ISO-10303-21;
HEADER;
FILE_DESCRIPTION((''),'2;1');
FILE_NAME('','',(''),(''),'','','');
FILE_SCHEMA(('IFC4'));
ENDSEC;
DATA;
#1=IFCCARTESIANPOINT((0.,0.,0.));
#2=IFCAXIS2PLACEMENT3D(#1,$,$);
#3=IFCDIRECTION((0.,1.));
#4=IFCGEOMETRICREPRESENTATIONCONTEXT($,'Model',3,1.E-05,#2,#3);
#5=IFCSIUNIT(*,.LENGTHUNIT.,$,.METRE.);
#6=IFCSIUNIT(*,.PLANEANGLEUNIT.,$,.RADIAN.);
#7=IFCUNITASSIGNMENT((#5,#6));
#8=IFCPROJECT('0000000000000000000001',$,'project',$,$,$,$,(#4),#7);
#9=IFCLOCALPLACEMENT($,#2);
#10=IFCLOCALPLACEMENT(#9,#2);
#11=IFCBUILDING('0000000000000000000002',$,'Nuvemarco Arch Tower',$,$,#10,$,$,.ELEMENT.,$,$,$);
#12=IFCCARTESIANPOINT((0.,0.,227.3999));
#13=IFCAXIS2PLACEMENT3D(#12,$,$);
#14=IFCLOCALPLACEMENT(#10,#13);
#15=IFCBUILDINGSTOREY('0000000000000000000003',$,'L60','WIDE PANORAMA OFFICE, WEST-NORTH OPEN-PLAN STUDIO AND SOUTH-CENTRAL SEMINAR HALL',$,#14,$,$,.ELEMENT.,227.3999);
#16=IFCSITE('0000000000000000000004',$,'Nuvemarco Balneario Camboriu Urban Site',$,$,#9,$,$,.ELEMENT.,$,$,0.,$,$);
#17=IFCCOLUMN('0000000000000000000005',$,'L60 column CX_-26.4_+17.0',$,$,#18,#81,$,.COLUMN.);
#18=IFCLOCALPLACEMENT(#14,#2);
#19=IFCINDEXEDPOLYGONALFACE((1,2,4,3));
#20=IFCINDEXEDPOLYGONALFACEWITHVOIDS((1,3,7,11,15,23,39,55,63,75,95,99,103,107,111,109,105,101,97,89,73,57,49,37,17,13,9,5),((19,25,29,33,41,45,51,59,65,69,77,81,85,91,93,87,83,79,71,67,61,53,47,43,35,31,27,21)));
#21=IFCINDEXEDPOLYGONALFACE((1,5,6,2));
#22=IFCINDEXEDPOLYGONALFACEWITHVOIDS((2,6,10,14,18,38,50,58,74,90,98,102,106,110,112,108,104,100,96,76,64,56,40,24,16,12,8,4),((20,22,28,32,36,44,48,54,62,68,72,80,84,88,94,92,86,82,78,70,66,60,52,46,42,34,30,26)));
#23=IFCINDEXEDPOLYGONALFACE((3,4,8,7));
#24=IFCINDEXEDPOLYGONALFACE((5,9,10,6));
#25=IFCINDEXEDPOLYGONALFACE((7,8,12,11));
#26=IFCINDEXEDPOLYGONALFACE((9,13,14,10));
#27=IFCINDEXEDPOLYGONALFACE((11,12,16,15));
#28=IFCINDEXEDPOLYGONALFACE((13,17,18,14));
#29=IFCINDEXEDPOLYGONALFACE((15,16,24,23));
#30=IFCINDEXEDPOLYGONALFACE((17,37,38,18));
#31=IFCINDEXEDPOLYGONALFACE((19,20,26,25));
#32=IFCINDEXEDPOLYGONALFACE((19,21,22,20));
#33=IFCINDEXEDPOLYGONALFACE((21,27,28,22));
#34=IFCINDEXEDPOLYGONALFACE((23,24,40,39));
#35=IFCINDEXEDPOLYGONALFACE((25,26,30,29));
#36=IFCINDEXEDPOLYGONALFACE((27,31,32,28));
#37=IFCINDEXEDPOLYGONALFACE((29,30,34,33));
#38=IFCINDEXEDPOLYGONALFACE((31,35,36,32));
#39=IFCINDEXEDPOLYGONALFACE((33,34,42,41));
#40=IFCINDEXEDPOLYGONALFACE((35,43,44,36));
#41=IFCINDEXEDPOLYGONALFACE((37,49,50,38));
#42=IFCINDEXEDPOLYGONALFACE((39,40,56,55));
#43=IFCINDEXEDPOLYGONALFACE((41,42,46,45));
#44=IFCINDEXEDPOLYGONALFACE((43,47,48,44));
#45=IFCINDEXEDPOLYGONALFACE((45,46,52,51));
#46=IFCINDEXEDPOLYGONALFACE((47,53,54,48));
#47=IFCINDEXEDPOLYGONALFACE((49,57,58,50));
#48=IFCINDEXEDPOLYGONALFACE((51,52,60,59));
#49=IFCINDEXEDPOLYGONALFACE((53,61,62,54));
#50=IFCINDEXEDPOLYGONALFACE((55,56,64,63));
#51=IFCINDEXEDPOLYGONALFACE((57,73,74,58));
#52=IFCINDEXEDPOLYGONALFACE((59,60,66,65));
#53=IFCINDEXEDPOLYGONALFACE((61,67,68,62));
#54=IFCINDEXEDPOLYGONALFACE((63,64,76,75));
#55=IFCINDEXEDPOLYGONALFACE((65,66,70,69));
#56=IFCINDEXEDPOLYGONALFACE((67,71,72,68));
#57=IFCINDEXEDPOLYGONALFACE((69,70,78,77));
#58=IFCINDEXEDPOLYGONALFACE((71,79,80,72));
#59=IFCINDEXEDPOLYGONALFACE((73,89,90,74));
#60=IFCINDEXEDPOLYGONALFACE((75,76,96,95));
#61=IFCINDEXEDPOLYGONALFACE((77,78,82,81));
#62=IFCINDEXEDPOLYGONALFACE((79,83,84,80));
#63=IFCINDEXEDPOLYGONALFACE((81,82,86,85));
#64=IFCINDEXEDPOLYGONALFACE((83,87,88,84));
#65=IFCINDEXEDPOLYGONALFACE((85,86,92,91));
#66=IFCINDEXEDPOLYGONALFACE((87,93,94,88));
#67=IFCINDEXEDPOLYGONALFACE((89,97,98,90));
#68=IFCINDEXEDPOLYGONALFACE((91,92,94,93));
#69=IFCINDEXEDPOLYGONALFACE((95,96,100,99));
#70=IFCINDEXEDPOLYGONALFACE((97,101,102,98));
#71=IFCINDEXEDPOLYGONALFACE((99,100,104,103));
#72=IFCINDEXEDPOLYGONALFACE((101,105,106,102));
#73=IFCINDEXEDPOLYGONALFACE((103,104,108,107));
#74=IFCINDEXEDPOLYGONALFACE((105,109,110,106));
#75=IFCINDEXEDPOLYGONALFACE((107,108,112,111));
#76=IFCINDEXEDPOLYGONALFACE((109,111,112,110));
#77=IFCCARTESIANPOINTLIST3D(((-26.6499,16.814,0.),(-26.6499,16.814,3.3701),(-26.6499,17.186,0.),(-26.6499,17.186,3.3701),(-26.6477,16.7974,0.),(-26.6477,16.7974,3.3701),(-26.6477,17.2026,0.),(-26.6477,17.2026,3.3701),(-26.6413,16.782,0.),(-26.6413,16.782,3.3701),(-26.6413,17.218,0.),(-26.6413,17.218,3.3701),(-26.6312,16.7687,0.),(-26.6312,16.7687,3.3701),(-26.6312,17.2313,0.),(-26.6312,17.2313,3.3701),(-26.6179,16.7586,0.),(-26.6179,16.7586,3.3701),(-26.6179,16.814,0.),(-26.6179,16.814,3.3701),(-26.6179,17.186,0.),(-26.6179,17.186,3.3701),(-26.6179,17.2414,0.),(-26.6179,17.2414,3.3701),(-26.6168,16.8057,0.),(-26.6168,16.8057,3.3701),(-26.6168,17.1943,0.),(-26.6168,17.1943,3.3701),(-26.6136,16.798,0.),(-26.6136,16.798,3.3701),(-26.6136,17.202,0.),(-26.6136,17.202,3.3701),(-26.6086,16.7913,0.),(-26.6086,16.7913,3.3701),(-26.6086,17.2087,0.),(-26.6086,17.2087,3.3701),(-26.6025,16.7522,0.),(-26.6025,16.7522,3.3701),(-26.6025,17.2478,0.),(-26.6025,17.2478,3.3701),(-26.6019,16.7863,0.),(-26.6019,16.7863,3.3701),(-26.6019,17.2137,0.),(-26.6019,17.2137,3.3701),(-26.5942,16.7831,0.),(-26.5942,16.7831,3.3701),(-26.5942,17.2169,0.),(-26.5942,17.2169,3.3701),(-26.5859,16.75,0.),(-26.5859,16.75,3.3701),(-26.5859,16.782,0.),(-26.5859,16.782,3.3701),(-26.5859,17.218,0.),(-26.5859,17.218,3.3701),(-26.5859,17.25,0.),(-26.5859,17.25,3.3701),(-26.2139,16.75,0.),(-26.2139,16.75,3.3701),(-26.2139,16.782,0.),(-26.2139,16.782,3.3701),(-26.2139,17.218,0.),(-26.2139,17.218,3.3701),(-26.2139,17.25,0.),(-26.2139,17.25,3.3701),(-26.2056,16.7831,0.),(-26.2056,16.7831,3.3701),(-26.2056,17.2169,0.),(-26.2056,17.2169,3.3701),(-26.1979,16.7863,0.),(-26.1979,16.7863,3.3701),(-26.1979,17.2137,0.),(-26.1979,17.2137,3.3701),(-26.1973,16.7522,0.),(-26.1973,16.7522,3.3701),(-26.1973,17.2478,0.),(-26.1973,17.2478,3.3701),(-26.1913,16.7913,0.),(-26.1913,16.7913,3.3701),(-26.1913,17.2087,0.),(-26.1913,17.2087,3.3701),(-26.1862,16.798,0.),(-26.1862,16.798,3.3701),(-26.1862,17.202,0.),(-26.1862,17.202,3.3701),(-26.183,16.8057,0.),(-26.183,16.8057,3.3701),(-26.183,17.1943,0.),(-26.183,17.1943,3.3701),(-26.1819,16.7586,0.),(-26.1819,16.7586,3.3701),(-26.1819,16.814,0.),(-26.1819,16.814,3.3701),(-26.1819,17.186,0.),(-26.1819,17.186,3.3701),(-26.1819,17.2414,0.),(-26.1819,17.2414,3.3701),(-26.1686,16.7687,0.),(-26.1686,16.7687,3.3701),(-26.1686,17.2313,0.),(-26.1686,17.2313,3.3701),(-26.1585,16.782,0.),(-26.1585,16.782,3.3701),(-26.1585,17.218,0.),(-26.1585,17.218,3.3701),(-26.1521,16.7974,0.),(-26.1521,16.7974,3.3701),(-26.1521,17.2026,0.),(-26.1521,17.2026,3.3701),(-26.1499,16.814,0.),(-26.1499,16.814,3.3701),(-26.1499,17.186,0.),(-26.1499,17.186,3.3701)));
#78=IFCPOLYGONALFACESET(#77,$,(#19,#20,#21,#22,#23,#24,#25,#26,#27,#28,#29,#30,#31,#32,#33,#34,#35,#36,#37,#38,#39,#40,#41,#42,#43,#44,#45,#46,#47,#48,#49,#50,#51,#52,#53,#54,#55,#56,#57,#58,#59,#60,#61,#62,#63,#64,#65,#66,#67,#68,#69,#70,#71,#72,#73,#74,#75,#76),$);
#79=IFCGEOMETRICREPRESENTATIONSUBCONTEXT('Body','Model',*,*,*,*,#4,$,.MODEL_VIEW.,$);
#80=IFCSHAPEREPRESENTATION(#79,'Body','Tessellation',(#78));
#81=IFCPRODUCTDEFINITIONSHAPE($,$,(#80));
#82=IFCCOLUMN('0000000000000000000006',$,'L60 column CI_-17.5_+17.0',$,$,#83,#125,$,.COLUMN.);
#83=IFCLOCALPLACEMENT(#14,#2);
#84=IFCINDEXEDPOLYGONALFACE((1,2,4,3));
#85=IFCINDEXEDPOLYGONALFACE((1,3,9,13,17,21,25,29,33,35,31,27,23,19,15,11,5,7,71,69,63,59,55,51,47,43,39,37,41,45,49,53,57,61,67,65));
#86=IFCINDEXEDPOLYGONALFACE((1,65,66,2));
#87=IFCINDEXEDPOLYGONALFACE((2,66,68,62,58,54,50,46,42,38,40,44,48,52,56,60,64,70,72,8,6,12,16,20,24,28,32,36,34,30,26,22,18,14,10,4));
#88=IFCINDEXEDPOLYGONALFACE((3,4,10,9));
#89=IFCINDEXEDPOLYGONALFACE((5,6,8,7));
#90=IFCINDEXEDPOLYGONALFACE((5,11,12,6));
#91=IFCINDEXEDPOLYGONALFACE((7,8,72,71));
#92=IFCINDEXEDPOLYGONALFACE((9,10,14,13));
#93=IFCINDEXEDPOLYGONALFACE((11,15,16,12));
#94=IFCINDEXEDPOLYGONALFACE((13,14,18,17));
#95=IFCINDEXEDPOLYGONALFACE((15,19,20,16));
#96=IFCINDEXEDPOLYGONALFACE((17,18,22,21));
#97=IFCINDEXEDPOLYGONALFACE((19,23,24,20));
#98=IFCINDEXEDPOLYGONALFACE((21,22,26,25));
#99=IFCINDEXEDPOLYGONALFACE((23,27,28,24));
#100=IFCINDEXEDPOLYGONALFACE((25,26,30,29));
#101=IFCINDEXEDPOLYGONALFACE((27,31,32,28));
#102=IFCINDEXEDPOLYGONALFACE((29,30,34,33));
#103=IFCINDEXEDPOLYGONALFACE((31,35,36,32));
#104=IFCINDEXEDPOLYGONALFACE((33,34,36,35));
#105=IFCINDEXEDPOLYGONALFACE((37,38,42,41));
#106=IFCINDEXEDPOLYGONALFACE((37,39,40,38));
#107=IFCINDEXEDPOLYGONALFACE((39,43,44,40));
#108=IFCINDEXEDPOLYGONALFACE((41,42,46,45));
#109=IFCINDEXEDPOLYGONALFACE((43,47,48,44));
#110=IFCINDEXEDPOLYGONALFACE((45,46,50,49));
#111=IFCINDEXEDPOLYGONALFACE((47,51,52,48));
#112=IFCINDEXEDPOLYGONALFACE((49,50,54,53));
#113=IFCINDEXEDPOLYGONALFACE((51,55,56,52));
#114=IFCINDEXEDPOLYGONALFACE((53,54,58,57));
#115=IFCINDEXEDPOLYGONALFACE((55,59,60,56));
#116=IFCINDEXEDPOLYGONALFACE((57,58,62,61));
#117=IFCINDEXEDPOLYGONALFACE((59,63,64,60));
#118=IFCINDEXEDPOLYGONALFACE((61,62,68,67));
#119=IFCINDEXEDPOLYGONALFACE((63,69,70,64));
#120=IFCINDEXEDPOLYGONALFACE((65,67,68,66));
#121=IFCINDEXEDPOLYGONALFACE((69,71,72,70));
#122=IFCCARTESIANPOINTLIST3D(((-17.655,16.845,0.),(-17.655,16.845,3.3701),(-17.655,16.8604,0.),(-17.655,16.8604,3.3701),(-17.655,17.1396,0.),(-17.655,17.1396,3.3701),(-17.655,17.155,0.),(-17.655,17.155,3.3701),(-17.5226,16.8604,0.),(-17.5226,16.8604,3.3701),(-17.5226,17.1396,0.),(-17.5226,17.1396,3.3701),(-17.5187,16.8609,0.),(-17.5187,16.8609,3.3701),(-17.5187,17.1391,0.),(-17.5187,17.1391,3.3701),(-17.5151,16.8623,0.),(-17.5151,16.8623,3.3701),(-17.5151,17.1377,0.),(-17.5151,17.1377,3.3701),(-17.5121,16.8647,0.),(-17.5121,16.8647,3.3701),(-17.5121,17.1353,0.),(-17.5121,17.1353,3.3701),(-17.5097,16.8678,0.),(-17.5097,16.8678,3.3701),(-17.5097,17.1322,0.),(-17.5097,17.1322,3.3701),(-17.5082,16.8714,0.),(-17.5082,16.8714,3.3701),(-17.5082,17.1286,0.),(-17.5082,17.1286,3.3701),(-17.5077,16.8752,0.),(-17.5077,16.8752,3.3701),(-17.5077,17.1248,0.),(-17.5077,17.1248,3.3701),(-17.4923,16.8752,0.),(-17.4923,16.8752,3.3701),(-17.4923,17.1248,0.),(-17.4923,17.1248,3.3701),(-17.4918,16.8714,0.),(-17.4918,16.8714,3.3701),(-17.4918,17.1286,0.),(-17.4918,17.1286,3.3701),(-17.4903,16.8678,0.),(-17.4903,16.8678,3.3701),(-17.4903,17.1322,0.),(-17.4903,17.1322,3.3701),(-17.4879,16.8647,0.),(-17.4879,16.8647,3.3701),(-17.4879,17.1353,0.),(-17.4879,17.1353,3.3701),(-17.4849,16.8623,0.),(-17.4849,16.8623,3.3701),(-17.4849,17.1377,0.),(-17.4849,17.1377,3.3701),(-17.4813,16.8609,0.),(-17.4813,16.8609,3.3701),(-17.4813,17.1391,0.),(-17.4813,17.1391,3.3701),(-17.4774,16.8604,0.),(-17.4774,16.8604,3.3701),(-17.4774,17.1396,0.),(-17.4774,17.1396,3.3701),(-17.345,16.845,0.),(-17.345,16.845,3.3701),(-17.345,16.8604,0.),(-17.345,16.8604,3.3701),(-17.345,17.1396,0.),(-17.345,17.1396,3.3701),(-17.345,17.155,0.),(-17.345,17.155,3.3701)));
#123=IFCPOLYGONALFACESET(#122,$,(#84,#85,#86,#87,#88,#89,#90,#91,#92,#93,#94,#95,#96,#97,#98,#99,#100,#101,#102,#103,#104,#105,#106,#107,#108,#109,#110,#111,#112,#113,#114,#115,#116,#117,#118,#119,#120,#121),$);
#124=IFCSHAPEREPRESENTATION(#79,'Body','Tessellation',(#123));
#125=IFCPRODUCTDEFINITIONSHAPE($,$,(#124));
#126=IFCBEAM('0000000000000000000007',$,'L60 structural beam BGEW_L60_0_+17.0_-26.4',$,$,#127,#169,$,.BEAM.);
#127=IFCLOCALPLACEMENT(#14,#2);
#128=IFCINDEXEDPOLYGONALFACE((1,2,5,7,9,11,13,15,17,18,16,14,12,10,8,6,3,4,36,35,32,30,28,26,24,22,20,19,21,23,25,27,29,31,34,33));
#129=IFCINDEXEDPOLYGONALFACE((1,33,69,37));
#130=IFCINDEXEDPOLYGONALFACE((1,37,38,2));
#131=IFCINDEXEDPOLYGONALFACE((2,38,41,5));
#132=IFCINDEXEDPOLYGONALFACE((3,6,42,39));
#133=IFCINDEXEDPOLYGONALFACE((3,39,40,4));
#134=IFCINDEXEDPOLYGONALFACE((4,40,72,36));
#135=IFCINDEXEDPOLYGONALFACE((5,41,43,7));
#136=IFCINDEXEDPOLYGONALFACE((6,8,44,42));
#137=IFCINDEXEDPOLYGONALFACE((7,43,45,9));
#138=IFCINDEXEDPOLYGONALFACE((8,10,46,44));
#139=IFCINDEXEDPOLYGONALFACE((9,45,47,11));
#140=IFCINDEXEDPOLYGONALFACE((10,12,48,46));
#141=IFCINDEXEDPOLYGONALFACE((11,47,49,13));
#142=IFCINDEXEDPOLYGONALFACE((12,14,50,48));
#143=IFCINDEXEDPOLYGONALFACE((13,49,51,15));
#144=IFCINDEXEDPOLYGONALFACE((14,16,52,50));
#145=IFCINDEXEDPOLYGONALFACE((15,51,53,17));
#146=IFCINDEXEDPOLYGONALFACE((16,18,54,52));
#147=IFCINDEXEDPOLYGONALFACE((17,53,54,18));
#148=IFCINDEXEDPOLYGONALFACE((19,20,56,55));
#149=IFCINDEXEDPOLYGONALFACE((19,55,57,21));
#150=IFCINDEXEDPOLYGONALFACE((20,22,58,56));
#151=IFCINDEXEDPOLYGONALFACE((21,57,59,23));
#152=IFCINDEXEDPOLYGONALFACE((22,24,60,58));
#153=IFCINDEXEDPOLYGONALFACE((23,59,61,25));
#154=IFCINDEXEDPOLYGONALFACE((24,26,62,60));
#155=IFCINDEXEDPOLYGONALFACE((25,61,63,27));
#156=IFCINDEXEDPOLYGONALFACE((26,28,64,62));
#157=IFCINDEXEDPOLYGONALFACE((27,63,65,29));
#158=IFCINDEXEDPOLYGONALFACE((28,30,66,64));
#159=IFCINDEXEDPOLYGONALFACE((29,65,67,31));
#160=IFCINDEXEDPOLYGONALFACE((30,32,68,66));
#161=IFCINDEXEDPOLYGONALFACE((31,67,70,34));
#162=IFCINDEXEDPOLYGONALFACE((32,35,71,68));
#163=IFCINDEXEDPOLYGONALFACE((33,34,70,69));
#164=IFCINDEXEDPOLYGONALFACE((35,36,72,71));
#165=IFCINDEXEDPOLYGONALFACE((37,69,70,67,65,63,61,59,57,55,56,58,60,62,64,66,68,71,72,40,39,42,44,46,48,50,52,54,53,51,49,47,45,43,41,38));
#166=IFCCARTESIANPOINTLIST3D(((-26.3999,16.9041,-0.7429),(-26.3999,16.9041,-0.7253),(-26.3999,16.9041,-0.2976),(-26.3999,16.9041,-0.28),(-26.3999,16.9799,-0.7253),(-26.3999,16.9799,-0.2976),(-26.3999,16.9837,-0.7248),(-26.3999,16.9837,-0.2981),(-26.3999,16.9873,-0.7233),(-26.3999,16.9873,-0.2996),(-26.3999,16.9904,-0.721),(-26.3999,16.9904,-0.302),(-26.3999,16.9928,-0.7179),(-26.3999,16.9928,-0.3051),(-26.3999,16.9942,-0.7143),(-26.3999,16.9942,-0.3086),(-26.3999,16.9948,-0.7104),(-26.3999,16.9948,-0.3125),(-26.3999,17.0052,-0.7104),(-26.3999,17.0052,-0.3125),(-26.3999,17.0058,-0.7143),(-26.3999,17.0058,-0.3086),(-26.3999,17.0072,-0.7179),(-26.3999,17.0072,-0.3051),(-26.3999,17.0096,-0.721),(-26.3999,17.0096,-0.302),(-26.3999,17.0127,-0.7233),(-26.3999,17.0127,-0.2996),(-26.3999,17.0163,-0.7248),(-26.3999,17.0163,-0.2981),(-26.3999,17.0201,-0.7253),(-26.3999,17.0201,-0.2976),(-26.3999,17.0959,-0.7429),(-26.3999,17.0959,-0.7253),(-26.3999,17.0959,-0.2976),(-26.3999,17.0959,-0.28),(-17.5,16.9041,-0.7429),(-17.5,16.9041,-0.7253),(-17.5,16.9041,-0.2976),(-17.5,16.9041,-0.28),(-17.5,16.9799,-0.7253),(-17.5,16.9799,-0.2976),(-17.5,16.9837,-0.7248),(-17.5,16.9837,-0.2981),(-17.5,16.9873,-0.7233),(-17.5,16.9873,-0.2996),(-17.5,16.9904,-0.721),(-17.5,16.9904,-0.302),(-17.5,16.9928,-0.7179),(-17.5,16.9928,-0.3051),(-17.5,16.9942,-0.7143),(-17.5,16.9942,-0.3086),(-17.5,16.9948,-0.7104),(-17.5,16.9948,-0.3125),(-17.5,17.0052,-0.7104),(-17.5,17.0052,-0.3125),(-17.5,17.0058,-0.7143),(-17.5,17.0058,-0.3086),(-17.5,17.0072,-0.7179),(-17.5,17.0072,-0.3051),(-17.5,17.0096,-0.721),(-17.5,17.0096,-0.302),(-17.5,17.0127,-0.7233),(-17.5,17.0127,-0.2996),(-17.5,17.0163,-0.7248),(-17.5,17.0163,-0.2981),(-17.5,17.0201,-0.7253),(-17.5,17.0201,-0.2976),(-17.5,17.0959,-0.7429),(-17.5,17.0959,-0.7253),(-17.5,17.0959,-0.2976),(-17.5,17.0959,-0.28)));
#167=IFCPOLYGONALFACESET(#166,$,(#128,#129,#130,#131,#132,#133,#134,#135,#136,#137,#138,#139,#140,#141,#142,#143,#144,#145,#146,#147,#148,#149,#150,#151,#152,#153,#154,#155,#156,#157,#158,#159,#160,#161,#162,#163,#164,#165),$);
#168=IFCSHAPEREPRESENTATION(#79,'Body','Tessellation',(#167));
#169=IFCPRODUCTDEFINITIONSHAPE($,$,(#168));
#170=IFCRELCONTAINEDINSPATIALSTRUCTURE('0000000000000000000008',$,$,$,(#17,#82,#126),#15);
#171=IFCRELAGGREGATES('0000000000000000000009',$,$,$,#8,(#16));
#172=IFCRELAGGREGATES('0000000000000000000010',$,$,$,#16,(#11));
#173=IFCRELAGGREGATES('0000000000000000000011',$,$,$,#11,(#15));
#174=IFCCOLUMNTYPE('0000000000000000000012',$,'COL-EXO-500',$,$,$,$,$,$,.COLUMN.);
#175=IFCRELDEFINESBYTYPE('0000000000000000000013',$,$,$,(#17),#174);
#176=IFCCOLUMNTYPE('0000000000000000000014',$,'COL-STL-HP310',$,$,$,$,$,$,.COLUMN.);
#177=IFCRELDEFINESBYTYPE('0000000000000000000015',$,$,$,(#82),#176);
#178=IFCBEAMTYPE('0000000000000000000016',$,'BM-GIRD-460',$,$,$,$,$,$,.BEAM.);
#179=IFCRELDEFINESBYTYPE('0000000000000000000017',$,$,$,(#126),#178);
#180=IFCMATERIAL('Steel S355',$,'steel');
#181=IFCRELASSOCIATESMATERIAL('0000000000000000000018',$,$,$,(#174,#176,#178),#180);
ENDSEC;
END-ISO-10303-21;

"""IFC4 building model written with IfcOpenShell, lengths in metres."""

from ifc_helpers import new_model, si_unit, direction, frame, origin, origin_2d, place, context, subcontext, project, spatial, hollow_rectangle, i_section, extrude, material, material_profile, profile_set, type_object, element, save


model = new_model("IFC4")

# Units and contexts
model_context = context("Model", 3, precision=1e-05, world=origin(), true_north=direction((0.0, 1.0)))
body_context = subcontext(model_context, "Body", "Model", "MODEL_VIEW")
ifc_project = project(units=[si_unit("LENGTHUNIT", "METRE"), si_unit("PLANEANGLEUNIT", "RADIAN")], contexts=[model_context])

# Site, building, storey
site_placement = place(None, origin())
site = spatial("IfcSite", under=ifc_project, at=site_placement, Name="Nuvemarco Balneario Camboriu Urban Site", CompositionType="ELEMENT", RefElevation=0.0)
building_placement = place(site_placement, origin())
building = spatial("IfcBuilding", under=site, at=building_placement, Name="Nuvemarco Arch Tower", CompositionType="ELEMENT")
storey_placement = place(building_placement, frame((0.0, 0.0, 227.3999)))
storey = spatial("IfcBuildingStorey", under=building, at=storey_placement, Name="L60", Description="WIDE PANORAMA OFFICE, WEST-NORTH OPEN-PLAN STUDIO AND SOUTH-CENTRAL SEMINAR HALL", CompositionType="ELEMENT", Elevation=227.3999)

# Columns
ifc_material_1 = material(Name="Steel S355", Category="steel")
ifc_material_profile_1 = material_profile(ifc_material_1, hollow_rectangle(XDim=0.5, YDim=0.5, WallThickness=0.032, InnerFilletRadius=0.032, OuterFilletRadius=0.064, at=origin_2d()), Name="SHS500x500x32")
ifc_profile_set_1 = profile_set([ifc_material_profile_1], Name="Steel S355")
column_type_1 = type_object("IfcColumnType", Name="COL-EXO-500", PredefinedType="COLUMN", material=ifc_profile_set_1)
column_1_placement = place(storey_placement, frame((-26.3999, 17.0, 0.0), z_axis=(0.0, 0.0, 1.0), x_axis=(1.0, 0.0, 0.0)))
element("IfcColumn", 1, at=column_1_placement, inside=storey, type_object=column_type_1, Name="L60 column CX_-26.4_+17.0", PredefinedType="COLUMN", context=body_context, shape_type="SweptSolid", body=[
    extrude(hollow_rectangle(XDim=0.5, YDim=0.5, WallThickness=0.032, InnerFilletRadius=0.032, OuterFilletRadius=0.064, at=origin_2d()), origin(), (0.0, 0.0, 1.0), 3.3701),
])
ifc_material_profile_2 = material_profile(ifc_material_1, i_section(OverallWidth=0.3101, OverallDepth=0.3101, WebThickness=0.0154, FlangeThickness=0.0154, FilletRadius=0.0149, at=origin_2d()), Name="HP310x110")
ifc_profile_set_2 = profile_set([ifc_material_profile_2], Name="Steel S355")
column_type_2 = type_object("IfcColumnType", Name="COL-STL-HP310", PredefinedType="COLUMN", material=ifc_profile_set_2)
column_2_placement = place(storey_placement, frame((-17.5, 17.0, 0.0), z_axis=(0.0, 0.0, 1.0), x_axis=(1.0, 0.0, 0.0)))
element("IfcColumn", 2, at=column_2_placement, inside=storey, type_object=column_type_2, Name="L60 column CI_-17.5_+17.0", PredefinedType="COLUMN", context=body_context, shape_type="SweptSolid", body=[
    extrude(i_section(OverallWidth=0.3101, OverallDepth=0.3101, WebThickness=0.0154, FlangeThickness=0.0154, FilletRadius=0.0149, at=origin_2d()), origin(), (0.0, 0.0, 1.0), 3.3701),
])

# Beam
ifc_material_profile_3 = material_profile(ifc_material_1, i_section(OverallWidth=0.1919, OverallDepth=0.4629, WebThickness=0.0105, FlangeThickness=0.0176, FilletRadius=0.0149, at=origin_2d()), Name="W460x89")
ifc_profile_set_3 = profile_set([ifc_material_profile_3], Name="Steel S355")
beam_type_1 = type_object("IfcBeamType", Name="BM-GIRD-460", PredefinedType="BEAM", material=ifc_profile_set_3)
beam_1_placement = place(storey_placement, frame((-26.3999, 17.0, -0.5115), z_axis=(1.0, 0.0, 0.0), x_axis=(0.0, 1.0, 0.0)))
element("IfcBeam", 3, at=beam_1_placement, inside=storey, type_object=beam_type_1, Name="L60 structural beam BGEW_L60_0_+17.0_-26.4", PredefinedType="BEAM", context=body_context, shape_type="SweptSolid", body=[
    extrude(i_section(OverallWidth=0.1919, OverallDepth=0.4629, WebThickness=0.0105, FlangeThickness=0.0176, FilletRadius=0.0149, at=origin_2d()), origin(), (0.0, 0.0, 1.0), 8.8999),
])

save(model, "model.ifc")
